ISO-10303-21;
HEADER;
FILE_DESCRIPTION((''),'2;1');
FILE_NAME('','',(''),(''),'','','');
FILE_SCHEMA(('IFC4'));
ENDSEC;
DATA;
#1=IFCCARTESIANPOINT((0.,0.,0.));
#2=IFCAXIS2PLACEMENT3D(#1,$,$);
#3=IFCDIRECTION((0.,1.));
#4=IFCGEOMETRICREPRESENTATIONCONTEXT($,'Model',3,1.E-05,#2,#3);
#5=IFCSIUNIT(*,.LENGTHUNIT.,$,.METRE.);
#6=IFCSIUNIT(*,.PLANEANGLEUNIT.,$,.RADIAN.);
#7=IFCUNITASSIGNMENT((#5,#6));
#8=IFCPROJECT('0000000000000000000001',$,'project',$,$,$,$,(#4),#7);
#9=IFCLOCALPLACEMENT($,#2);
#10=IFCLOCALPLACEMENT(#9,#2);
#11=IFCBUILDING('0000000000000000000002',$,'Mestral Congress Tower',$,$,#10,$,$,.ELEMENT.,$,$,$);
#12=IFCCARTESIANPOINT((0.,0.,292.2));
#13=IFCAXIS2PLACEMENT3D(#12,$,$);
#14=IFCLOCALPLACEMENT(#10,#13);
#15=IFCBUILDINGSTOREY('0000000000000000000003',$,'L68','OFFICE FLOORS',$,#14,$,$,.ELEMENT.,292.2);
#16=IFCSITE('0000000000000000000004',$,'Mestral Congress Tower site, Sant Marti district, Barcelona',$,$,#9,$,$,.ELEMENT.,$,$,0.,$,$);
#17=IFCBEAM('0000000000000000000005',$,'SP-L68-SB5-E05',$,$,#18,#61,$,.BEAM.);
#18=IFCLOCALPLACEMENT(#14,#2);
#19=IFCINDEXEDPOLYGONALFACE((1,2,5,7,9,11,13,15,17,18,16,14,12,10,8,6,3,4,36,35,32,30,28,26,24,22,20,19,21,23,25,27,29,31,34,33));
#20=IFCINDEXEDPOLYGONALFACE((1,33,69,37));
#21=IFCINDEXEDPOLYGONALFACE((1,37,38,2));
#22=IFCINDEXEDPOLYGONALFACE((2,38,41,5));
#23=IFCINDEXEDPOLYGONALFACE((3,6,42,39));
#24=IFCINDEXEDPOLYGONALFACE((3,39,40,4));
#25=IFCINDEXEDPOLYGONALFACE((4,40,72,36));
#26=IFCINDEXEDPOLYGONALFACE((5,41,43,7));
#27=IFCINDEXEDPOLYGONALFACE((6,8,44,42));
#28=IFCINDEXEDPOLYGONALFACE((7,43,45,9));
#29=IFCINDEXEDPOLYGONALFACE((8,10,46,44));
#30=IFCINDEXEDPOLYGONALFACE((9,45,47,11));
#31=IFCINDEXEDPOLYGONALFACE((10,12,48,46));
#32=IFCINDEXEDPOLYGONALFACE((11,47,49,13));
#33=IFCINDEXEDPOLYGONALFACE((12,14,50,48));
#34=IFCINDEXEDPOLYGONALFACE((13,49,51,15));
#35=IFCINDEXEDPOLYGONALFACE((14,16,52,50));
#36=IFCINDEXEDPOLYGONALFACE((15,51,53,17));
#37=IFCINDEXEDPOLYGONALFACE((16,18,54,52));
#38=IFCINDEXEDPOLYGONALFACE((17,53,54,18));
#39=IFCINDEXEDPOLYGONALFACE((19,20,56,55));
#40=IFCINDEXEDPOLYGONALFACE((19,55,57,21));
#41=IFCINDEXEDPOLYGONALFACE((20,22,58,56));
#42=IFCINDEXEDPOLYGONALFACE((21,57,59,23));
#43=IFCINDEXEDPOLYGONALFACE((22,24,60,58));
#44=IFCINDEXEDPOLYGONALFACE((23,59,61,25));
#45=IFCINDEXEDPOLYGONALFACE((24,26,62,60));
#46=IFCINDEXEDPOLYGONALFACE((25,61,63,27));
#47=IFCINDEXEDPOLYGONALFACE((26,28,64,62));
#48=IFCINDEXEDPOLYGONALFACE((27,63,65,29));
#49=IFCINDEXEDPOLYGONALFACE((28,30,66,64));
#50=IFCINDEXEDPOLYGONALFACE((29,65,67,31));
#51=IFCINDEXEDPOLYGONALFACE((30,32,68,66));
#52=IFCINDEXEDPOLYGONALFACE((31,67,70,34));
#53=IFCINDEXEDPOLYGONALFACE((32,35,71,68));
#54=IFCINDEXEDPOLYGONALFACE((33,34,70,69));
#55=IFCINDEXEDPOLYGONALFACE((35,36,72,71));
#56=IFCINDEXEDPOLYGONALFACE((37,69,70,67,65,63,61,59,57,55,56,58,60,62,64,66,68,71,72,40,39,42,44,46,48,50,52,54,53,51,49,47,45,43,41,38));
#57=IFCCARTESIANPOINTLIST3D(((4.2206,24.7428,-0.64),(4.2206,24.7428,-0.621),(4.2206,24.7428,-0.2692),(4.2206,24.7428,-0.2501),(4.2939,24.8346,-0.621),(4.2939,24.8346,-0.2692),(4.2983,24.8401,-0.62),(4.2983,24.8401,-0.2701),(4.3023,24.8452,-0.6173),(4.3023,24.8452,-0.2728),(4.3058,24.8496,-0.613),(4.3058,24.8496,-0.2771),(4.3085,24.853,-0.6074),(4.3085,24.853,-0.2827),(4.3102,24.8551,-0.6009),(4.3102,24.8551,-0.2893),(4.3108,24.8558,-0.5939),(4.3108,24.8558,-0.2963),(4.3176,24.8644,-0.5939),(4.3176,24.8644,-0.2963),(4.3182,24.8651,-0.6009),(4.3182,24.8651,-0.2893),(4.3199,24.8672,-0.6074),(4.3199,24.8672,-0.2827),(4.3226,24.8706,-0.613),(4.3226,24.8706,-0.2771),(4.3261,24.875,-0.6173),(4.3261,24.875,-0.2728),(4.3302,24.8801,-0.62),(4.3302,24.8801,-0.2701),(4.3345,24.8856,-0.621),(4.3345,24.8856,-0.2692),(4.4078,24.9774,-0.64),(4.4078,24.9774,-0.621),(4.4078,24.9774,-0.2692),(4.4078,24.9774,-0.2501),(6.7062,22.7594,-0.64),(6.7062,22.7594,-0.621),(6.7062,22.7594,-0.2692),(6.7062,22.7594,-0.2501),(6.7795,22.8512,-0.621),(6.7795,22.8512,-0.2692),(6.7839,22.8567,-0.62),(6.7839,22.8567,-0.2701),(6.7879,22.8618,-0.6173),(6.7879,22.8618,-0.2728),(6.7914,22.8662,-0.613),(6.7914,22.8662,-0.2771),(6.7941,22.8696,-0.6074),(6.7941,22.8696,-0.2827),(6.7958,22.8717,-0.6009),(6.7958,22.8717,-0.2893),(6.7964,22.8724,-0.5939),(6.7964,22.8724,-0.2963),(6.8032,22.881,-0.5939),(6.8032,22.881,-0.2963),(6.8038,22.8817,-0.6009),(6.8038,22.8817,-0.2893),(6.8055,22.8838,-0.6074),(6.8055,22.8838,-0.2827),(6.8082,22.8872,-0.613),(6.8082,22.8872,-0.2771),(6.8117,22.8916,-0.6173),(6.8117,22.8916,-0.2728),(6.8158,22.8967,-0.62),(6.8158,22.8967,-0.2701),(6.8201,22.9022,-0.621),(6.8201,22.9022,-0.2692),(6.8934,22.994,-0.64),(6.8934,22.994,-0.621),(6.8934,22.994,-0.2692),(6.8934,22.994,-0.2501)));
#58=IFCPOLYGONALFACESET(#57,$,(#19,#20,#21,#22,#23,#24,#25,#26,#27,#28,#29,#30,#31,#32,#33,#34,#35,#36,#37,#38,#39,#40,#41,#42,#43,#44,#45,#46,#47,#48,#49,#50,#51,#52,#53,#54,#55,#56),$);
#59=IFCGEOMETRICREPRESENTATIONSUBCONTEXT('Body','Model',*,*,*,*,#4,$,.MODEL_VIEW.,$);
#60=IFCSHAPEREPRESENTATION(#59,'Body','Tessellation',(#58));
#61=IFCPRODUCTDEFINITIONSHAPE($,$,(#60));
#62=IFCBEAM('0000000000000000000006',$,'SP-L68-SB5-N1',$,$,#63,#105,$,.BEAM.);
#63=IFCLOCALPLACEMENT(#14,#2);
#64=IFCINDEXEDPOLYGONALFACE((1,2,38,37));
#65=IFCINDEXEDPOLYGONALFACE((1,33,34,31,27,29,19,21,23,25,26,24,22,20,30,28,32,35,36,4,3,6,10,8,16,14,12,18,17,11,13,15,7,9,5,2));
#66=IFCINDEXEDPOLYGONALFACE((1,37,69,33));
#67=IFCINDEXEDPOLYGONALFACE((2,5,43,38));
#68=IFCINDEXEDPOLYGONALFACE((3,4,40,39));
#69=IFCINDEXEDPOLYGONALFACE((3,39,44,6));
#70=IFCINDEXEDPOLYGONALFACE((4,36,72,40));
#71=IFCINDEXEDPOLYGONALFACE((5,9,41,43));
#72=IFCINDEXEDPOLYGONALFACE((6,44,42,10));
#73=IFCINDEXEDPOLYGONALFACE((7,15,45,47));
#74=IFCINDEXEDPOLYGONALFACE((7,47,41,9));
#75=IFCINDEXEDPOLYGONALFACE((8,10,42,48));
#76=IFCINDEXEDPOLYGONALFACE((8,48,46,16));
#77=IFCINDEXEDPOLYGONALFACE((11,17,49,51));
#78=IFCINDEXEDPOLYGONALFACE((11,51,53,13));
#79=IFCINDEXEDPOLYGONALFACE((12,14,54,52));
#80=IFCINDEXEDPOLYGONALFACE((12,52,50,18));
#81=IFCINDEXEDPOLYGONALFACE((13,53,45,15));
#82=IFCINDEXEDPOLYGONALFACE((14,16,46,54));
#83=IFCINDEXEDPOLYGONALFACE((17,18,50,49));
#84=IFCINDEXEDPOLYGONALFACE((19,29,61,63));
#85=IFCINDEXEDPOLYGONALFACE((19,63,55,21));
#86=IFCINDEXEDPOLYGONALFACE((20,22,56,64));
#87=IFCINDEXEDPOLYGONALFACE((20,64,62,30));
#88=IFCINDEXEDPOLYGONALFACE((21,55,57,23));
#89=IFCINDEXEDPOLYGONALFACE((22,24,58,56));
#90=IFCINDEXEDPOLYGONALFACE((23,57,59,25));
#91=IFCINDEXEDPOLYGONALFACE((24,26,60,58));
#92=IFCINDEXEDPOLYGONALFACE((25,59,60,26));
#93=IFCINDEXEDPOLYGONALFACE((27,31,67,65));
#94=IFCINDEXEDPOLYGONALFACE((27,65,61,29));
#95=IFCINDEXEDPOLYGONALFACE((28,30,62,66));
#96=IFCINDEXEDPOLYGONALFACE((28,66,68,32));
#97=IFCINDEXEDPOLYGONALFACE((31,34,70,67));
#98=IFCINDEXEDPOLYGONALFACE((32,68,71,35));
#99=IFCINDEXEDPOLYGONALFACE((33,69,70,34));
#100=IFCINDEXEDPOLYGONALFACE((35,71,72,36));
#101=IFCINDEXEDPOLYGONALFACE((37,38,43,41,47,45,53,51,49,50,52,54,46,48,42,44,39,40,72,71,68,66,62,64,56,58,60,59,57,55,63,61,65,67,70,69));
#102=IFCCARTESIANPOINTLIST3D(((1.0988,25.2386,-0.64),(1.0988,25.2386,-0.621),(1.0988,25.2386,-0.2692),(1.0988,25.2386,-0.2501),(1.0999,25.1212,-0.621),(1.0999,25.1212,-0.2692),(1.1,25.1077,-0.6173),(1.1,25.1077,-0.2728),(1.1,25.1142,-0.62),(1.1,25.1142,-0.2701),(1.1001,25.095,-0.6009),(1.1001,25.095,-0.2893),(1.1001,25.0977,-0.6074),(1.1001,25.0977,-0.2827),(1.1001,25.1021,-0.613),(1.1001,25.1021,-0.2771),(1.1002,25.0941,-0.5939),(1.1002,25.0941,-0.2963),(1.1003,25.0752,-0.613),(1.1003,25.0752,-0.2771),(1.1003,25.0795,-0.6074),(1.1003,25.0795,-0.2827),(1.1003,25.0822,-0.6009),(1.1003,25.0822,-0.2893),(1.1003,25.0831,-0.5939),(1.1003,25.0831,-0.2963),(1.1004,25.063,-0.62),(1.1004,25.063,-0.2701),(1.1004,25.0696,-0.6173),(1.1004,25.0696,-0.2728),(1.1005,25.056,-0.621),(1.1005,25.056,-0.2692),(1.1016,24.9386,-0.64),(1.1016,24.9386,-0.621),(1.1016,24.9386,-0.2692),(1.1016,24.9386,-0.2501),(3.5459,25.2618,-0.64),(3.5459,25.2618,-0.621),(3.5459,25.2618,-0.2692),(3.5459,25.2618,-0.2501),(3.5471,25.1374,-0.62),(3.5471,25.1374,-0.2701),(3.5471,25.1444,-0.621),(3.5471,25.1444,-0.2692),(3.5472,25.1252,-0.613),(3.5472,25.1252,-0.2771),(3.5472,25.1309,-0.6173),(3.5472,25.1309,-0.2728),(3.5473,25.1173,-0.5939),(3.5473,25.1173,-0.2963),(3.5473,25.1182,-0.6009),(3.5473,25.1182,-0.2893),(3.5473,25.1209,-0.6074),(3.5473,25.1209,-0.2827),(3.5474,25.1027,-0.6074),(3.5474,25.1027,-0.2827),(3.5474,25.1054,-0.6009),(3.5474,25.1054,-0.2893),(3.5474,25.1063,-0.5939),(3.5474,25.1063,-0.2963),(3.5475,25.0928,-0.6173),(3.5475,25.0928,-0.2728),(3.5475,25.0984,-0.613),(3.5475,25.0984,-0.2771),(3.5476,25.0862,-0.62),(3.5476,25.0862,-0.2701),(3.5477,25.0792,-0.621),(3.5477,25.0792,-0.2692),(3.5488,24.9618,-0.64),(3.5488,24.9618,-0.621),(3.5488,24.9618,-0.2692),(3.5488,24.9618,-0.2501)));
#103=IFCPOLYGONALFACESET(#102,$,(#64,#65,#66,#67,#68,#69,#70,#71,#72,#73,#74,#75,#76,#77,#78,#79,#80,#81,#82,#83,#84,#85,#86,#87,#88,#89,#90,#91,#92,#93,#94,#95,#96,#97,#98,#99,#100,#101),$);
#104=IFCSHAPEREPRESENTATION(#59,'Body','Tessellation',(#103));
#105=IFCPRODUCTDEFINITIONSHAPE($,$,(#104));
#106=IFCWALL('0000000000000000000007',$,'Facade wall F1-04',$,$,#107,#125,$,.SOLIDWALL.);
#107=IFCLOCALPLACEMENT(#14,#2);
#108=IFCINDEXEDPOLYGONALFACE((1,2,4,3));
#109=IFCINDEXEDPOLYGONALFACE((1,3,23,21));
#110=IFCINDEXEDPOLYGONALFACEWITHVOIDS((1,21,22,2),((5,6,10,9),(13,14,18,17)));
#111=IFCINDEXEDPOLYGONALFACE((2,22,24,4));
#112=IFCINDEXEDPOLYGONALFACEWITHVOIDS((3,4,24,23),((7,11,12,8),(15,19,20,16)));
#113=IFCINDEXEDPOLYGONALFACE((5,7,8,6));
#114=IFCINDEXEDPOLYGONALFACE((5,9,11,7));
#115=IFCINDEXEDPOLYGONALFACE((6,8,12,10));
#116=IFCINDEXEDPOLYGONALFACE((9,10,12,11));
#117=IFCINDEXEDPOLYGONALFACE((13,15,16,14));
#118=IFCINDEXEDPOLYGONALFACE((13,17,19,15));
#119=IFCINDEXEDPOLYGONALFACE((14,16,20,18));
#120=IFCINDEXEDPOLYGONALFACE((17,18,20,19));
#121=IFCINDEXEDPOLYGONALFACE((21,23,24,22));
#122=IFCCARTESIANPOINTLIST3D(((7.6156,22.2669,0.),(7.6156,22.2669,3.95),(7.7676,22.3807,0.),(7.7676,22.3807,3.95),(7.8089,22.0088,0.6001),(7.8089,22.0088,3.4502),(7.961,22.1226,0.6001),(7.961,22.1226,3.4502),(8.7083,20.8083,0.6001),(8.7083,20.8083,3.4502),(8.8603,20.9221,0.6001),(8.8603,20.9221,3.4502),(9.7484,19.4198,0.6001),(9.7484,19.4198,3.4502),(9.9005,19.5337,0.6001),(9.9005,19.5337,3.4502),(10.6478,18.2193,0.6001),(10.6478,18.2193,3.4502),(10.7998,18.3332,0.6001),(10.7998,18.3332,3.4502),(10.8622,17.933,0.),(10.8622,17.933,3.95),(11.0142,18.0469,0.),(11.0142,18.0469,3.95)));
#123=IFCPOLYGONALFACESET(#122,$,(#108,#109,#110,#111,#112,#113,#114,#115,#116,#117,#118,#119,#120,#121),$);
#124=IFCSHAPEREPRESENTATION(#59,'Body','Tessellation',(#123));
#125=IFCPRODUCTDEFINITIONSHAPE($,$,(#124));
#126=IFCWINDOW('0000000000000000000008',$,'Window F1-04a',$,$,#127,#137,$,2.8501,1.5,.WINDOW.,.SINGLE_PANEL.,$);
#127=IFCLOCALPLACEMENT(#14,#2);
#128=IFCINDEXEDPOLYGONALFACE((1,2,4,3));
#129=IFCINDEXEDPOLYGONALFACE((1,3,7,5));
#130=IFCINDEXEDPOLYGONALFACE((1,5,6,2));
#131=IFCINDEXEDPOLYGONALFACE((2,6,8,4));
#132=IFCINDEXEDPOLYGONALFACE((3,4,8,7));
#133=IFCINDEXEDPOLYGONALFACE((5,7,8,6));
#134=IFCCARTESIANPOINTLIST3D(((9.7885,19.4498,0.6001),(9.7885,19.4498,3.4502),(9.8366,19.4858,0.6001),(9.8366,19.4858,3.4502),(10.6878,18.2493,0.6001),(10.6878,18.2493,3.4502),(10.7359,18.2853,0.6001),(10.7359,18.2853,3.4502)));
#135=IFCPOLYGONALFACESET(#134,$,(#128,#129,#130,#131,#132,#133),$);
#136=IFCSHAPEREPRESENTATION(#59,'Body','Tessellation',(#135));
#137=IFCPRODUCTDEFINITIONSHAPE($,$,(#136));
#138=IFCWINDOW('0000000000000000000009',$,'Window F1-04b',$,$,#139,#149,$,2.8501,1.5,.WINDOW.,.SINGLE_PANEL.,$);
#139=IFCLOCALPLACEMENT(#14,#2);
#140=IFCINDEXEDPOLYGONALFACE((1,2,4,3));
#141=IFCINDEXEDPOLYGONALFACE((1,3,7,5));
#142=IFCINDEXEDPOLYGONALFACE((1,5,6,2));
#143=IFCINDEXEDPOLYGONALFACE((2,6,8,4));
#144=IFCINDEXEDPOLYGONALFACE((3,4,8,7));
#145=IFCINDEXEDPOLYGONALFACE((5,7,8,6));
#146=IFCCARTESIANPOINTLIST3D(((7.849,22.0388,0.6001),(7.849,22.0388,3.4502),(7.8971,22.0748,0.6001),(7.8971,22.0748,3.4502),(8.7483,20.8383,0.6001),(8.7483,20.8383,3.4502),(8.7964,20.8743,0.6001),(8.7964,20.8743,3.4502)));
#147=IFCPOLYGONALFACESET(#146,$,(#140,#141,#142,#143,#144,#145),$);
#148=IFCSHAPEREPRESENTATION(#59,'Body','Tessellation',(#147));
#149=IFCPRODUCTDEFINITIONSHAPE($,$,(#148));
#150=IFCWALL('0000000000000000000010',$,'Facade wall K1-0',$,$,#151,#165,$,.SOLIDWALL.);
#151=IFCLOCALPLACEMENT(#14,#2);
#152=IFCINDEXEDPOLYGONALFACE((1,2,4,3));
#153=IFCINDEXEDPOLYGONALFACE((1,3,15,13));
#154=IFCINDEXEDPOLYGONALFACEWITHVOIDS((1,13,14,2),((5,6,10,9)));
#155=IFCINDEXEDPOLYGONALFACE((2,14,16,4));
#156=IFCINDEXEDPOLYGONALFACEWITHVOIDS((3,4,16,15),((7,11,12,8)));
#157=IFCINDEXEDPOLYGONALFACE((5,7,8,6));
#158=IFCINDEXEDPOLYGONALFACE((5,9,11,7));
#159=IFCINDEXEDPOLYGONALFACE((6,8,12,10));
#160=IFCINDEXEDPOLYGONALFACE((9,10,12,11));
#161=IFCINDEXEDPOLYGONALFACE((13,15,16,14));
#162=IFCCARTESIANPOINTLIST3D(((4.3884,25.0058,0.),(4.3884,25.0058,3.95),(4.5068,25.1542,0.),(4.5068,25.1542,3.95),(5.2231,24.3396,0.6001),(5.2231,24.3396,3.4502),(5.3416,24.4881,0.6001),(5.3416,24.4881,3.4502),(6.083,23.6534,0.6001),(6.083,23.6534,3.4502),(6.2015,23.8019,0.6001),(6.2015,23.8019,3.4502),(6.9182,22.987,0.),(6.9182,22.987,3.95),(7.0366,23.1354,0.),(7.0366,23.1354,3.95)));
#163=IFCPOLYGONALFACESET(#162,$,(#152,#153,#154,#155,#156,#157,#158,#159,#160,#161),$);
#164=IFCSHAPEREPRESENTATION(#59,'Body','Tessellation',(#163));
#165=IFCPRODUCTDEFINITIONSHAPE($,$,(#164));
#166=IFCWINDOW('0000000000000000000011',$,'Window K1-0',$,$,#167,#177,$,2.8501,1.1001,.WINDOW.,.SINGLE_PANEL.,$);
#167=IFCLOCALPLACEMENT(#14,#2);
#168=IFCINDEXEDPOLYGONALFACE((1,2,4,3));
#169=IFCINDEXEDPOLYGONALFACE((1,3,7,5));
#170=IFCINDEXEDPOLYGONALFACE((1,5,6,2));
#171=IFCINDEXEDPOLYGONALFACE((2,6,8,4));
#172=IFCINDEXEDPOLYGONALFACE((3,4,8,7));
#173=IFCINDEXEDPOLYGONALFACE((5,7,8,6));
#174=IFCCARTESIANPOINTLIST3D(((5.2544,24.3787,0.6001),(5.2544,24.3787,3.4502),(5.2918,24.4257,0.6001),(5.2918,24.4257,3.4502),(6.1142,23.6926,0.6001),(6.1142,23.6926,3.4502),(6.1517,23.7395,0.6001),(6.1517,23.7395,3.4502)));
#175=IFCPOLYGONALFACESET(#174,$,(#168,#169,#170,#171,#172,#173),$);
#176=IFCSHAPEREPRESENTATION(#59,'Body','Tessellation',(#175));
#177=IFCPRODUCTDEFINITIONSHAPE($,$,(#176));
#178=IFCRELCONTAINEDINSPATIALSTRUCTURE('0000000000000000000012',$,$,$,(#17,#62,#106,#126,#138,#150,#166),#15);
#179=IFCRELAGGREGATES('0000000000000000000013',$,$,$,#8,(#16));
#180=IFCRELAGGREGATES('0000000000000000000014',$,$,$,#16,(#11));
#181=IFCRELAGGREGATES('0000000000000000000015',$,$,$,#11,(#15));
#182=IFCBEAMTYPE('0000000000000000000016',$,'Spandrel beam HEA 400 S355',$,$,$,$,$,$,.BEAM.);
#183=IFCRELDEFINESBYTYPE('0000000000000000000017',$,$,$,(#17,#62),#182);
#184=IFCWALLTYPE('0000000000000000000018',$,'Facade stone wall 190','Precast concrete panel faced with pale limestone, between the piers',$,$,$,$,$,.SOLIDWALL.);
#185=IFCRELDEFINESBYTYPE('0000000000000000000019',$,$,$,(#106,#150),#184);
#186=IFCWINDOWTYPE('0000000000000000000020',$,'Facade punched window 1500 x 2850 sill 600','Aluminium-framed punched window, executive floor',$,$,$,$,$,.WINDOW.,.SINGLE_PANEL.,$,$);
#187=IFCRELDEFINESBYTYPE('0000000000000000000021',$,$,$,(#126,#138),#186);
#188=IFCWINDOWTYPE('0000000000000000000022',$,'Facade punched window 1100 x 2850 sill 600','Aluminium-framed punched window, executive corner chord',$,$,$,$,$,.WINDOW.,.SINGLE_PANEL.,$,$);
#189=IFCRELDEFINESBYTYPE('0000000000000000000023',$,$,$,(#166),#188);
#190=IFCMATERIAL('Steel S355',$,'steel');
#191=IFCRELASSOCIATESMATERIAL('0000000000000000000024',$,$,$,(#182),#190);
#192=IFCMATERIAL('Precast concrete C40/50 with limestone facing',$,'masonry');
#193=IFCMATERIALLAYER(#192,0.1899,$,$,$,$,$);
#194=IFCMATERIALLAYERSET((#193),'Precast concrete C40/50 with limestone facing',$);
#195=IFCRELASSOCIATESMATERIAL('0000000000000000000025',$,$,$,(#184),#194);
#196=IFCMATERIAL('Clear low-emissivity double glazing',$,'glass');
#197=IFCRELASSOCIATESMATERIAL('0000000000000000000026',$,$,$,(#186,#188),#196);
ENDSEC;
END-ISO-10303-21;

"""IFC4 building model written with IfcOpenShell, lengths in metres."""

from ifc_helpers import new_model, si_unit, direction, frame, frame_2d, origin, origin_2d, place, context, subcontext, project, spatial, rectangle, i_section, extrude, material, layer, layer_set, material_profile, profile_set, type_object, element, fill, save


model = new_model("IFC4")

# Units and contexts
model_context = context("Model", 3, precision=1e-05, world=origin(), true_north=direction((0.0, 1.0)))
body_context = subcontext(model_context, "Body", "Model", "MODEL_VIEW")
ifc_project = project(units=[si_unit("LENGTHUNIT", "METRE"), si_unit("PLANEANGLEUNIT", "RADIAN")], contexts=[model_context])

# Site, building, storey
site_placement = place(None, origin())
site = spatial("IfcSite", under=ifc_project, at=site_placement, Name="Mestral Congress Tower site, Sant Marti district, Barcelona", CompositionType="ELEMENT", RefElevation=0.0)
building_placement = place(site_placement, origin())
building = spatial("IfcBuilding", under=site, at=building_placement, Name="Mestral Congress Tower", CompositionType="ELEMENT")
storey_placement = place(building_placement, frame((0.0, 0.0, 292.2)))
storey = spatial("IfcBuildingStorey", under=building, at=storey_placement, Name="L68", Description="OFFICE FLOORS", CompositionType="ELEMENT", Elevation=292.2)

# Beams
ifc_material_1 = material(Name="Steel S355", Category="steel")
ifc_material_profile_1 = material_profile(ifc_material_1, i_section(OverallWidth=0.3, OverallDepth=0.3899, WebThickness=0.011, FlangeThickness=0.019, FilletRadius=0.0271, at=origin_2d()), Name="HEA 400")
ifc_profile_set_1 = profile_set([ifc_material_profile_1], Name="Steel S355")
beam_type_1 = type_object("IfcBeamType", Name="Spandrel beam HEA 400 S355", PredefinedType="BEAM", material=ifc_profile_set_1)
beam_1_placement = place(storey_placement, frame((6.7998, 22.8767, -0.4451), z_axis=(-0.781647, 0.623721, 0.0), x_axis=(-0.623721, -0.781647, 0.0)))
element("IfcBeam", 1, at=beam_1_placement, inside=storey, type_object=beam_type_1, Name="SP-L68-SB5-E05", PredefinedType="BEAM", context=body_context, shape_type="SweptSolid", body=[
    extrude(i_section(OverallWidth=0.3, OverallDepth=0.3899, WebThickness=0.011, FlangeThickness=0.019, FilletRadius=0.0271, at=origin_2d()), origin(), (0.0, 0.0, 1.0), 3.1799),
])
beam_2_placement = place(storey_placement, frame((3.5474, 25.1118, -0.4451), z_axis=(-0.999955, -0.009477, 0.0), x_axis=(0.009477, -0.999955, 0.0)))
element("IfcBeam", 2, at=beam_2_placement, inside=storey, type_object=beam_type_1, Name="SP-L68-SB5-N1", PredefinedType="BEAM", context=body_context, shape_type="SweptSolid", body=[
    extrude(i_section(OverallWidth=0.3, OverallDepth=0.3899, WebThickness=0.011, FlangeThickness=0.019, FilletRadius=0.0271, at=origin_2d()), origin(), (0.0, 0.0, 1.0), 2.4473),
])

# Wall, openings, windows
ifc_material_2 = material(Name="Precast concrete C40/50 with limestone facing", Category="masonry")
ifc_layer_1 = layer(ifc_material_2, 0.1899)
ifc_layer_set_1 = layer_set([ifc_layer_1], Name="Precast concrete C40/50 with limestone facing")
wall_type_1 = type_object("IfcWallType", Name="Facade stone wall 190", Description="Precast concrete panel faced with pale limestone, between the piers", PredefinedType="SOLIDWALL", material=ifc_layer_set_1)
wall_1_placement = place(storey_placement, frame((10.9382, 17.99, 0.0), z_axis=(0.0, 0.0, 1.0), x_axis=(-0.59956, 0.80033, 0.0)))
wall_1 = element("IfcWall", 3, at=wall_1_placement, inside=storey, type_object=wall_type_1, Name="Facade wall F1-04", PredefinedType="SOLIDWALL", context=body_context, shape_type="SweptSolid", body=[
    extrude(rectangle(XDim=5.415, YDim=0.1899, at=frame_2d((2.7075, 0.0))), origin(), (0.0, 0.0, 1.0), 3.95),
])
opening_1_placement = place(wall_1_placement, frame((0.3577, 0.0, 0.6001)))
opening_1 = element("IfcOpeningElement", 4, at=opening_1_placement, cuts=wall_1, PredefinedType="OPENING", context=body_context, shape_type="SweptSolid", body=[
    extrude(rectangle(XDim=1.5, YDim=2.8501, at=frame_2d((0.75, 1.425))), frame((0.0, 0.105, 0.0), z_axis=(0.0, -1.0, 0.0), x_axis=(1.0, 0.0, 0.0)), (0.0, 0.0, 1.0), 0.21),
])
opening_2_placement = place(wall_1_placement, frame((3.5925, 0.0, 0.6001)))
opening_2 = element("IfcOpeningElement", 5, at=opening_2_placement, cuts=wall_1, PredefinedType="OPENING", context=body_context, shape_type="SweptSolid", body=[
    extrude(rectangle(XDim=1.5, YDim=2.8501, at=frame_2d((0.75, 1.425))), frame((0.0, 0.105, 0.0), z_axis=(0.0, -1.0, 0.0), x_axis=(1.0, 0.0, 0.0)), (0.0, 0.0, 1.0), 0.21),
])
ifc_material_3 = material(Name="Clear low-emissivity double glazing", Category="glass")
window_type_1 = type_object("IfcWindowType", Name="Facade punched window 1500 x 2850 sill 600", Description="Aluminium-framed punched window, executive floor", PartitioningType="SINGLE_PANEL", PredefinedType="WINDOW", material=ifc_material_3)
window_1_placement = place(opening_1_placement, origin())
window_1 = element("IfcWindow", 6, at=window_1_placement, inside=storey, type_object=window_type_1, Name="Window F1-04a", OverallHeight=2.8501, OverallWidth=1.5, PartitioningType="SINGLE_PANEL", PredefinedType="WINDOW", context=body_context, shape_type="SweptSolid", body=[
    extrude(rectangle(XDim=1.5, YDim=2.8501, at=frame_2d((0.75, 1.425))), frame((0.0, 0.0449, 0.0), z_axis=(0.0, -1.0, 0.0), x_axis=(1.0, 0.0, 0.0)), (0.0, 0.0, 1.0), 0.0601),
])
fill(opening_1, window_1)
window_2_placement = place(opening_2_placement, origin())
window_2 = element("IfcWindow", 7, at=window_2_placement, inside=storey, type_object=window_type_1, Name="Window F1-04b", OverallHeight=2.8501, OverallWidth=1.5, PartitioningType="SINGLE_PANEL", PredefinedType="WINDOW", context=body_context, shape_type="SweptSolid", body=[
    extrude(rectangle(XDim=1.5, YDim=2.8501, at=frame_2d((0.75, 1.425))), frame((0.0, 0.0449, 0.0), z_axis=(0.0, -1.0, 0.0), x_axis=(1.0, 0.0, 0.0)), (0.0, 0.0, 1.0), 0.0601),
])
fill(opening_2, window_2)

# Wall, opening, window
wall_2_placement = place(storey_placement, frame((6.9773, 23.0613, 0.0), z_axis=(0.0, 0.0, 1.0), x_axis=(-0.781626, 0.623747, 0.0)))
wall_2 = element("IfcWall", 8, at=wall_2_placement, inside=storey, type_object=wall_type_1, Name="Facade wall K1-0", PredefinedType="SOLIDWALL", context=body_context, shape_type="SweptSolid", body=[
    extrude(rectangle(XDim=3.2366, YDim=0.1899, at=frame_2d((1.6182, 0.0))), origin(), (0.0, 0.0, 1.0), 3.95),
])
opening_3_placement = place(wall_2_placement, frame((1.0684, 0.0, 0.6001)))
opening_3 = element("IfcOpeningElement", 9, at=opening_3_placement, cuts=wall_2, PredefinedType="OPENING", context=body_context, shape_type="SweptSolid", body=[
    extrude(rectangle(XDim=1.1001, YDim=2.8501, at=frame_2d((0.55, 1.425))), frame((0.0, 0.105, 0.0), z_axis=(0.0, -1.0, 0.0), x_axis=(1.0, 0.0, 0.0)), (0.0, 0.0, 1.0), 0.21),
])
window_type_2 = type_object("IfcWindowType", Name="Facade punched window 1100 x 2850 sill 600", Description="Aluminium-framed punched window, executive corner chord", PartitioningType="SINGLE_PANEL", PredefinedType="WINDOW", material=ifc_material_3)
window_3_placement = place(opening_3_placement, origin())
window_3 = element("IfcWindow", 10, at=window_3_placement, inside=storey, type_object=window_type_2, Name="Window K1-0", OverallHeight=2.8501, OverallWidth=1.1001, PartitioningType="SINGLE_PANEL", PredefinedType="WINDOW", context=body_context, shape_type="SweptSolid", body=[
    extrude(rectangle(XDim=1.1001, YDim=2.8501, at=frame_2d((0.55, 1.425))), frame((0.0, 0.0449, 0.0), z_axis=(0.0, -1.0, 0.0), x_axis=(1.0, 0.0, 0.0)), (0.0, 0.0, 1.0), 0.0601),
])
fill(opening_3, window_3)

save(model, "model.ifc")
